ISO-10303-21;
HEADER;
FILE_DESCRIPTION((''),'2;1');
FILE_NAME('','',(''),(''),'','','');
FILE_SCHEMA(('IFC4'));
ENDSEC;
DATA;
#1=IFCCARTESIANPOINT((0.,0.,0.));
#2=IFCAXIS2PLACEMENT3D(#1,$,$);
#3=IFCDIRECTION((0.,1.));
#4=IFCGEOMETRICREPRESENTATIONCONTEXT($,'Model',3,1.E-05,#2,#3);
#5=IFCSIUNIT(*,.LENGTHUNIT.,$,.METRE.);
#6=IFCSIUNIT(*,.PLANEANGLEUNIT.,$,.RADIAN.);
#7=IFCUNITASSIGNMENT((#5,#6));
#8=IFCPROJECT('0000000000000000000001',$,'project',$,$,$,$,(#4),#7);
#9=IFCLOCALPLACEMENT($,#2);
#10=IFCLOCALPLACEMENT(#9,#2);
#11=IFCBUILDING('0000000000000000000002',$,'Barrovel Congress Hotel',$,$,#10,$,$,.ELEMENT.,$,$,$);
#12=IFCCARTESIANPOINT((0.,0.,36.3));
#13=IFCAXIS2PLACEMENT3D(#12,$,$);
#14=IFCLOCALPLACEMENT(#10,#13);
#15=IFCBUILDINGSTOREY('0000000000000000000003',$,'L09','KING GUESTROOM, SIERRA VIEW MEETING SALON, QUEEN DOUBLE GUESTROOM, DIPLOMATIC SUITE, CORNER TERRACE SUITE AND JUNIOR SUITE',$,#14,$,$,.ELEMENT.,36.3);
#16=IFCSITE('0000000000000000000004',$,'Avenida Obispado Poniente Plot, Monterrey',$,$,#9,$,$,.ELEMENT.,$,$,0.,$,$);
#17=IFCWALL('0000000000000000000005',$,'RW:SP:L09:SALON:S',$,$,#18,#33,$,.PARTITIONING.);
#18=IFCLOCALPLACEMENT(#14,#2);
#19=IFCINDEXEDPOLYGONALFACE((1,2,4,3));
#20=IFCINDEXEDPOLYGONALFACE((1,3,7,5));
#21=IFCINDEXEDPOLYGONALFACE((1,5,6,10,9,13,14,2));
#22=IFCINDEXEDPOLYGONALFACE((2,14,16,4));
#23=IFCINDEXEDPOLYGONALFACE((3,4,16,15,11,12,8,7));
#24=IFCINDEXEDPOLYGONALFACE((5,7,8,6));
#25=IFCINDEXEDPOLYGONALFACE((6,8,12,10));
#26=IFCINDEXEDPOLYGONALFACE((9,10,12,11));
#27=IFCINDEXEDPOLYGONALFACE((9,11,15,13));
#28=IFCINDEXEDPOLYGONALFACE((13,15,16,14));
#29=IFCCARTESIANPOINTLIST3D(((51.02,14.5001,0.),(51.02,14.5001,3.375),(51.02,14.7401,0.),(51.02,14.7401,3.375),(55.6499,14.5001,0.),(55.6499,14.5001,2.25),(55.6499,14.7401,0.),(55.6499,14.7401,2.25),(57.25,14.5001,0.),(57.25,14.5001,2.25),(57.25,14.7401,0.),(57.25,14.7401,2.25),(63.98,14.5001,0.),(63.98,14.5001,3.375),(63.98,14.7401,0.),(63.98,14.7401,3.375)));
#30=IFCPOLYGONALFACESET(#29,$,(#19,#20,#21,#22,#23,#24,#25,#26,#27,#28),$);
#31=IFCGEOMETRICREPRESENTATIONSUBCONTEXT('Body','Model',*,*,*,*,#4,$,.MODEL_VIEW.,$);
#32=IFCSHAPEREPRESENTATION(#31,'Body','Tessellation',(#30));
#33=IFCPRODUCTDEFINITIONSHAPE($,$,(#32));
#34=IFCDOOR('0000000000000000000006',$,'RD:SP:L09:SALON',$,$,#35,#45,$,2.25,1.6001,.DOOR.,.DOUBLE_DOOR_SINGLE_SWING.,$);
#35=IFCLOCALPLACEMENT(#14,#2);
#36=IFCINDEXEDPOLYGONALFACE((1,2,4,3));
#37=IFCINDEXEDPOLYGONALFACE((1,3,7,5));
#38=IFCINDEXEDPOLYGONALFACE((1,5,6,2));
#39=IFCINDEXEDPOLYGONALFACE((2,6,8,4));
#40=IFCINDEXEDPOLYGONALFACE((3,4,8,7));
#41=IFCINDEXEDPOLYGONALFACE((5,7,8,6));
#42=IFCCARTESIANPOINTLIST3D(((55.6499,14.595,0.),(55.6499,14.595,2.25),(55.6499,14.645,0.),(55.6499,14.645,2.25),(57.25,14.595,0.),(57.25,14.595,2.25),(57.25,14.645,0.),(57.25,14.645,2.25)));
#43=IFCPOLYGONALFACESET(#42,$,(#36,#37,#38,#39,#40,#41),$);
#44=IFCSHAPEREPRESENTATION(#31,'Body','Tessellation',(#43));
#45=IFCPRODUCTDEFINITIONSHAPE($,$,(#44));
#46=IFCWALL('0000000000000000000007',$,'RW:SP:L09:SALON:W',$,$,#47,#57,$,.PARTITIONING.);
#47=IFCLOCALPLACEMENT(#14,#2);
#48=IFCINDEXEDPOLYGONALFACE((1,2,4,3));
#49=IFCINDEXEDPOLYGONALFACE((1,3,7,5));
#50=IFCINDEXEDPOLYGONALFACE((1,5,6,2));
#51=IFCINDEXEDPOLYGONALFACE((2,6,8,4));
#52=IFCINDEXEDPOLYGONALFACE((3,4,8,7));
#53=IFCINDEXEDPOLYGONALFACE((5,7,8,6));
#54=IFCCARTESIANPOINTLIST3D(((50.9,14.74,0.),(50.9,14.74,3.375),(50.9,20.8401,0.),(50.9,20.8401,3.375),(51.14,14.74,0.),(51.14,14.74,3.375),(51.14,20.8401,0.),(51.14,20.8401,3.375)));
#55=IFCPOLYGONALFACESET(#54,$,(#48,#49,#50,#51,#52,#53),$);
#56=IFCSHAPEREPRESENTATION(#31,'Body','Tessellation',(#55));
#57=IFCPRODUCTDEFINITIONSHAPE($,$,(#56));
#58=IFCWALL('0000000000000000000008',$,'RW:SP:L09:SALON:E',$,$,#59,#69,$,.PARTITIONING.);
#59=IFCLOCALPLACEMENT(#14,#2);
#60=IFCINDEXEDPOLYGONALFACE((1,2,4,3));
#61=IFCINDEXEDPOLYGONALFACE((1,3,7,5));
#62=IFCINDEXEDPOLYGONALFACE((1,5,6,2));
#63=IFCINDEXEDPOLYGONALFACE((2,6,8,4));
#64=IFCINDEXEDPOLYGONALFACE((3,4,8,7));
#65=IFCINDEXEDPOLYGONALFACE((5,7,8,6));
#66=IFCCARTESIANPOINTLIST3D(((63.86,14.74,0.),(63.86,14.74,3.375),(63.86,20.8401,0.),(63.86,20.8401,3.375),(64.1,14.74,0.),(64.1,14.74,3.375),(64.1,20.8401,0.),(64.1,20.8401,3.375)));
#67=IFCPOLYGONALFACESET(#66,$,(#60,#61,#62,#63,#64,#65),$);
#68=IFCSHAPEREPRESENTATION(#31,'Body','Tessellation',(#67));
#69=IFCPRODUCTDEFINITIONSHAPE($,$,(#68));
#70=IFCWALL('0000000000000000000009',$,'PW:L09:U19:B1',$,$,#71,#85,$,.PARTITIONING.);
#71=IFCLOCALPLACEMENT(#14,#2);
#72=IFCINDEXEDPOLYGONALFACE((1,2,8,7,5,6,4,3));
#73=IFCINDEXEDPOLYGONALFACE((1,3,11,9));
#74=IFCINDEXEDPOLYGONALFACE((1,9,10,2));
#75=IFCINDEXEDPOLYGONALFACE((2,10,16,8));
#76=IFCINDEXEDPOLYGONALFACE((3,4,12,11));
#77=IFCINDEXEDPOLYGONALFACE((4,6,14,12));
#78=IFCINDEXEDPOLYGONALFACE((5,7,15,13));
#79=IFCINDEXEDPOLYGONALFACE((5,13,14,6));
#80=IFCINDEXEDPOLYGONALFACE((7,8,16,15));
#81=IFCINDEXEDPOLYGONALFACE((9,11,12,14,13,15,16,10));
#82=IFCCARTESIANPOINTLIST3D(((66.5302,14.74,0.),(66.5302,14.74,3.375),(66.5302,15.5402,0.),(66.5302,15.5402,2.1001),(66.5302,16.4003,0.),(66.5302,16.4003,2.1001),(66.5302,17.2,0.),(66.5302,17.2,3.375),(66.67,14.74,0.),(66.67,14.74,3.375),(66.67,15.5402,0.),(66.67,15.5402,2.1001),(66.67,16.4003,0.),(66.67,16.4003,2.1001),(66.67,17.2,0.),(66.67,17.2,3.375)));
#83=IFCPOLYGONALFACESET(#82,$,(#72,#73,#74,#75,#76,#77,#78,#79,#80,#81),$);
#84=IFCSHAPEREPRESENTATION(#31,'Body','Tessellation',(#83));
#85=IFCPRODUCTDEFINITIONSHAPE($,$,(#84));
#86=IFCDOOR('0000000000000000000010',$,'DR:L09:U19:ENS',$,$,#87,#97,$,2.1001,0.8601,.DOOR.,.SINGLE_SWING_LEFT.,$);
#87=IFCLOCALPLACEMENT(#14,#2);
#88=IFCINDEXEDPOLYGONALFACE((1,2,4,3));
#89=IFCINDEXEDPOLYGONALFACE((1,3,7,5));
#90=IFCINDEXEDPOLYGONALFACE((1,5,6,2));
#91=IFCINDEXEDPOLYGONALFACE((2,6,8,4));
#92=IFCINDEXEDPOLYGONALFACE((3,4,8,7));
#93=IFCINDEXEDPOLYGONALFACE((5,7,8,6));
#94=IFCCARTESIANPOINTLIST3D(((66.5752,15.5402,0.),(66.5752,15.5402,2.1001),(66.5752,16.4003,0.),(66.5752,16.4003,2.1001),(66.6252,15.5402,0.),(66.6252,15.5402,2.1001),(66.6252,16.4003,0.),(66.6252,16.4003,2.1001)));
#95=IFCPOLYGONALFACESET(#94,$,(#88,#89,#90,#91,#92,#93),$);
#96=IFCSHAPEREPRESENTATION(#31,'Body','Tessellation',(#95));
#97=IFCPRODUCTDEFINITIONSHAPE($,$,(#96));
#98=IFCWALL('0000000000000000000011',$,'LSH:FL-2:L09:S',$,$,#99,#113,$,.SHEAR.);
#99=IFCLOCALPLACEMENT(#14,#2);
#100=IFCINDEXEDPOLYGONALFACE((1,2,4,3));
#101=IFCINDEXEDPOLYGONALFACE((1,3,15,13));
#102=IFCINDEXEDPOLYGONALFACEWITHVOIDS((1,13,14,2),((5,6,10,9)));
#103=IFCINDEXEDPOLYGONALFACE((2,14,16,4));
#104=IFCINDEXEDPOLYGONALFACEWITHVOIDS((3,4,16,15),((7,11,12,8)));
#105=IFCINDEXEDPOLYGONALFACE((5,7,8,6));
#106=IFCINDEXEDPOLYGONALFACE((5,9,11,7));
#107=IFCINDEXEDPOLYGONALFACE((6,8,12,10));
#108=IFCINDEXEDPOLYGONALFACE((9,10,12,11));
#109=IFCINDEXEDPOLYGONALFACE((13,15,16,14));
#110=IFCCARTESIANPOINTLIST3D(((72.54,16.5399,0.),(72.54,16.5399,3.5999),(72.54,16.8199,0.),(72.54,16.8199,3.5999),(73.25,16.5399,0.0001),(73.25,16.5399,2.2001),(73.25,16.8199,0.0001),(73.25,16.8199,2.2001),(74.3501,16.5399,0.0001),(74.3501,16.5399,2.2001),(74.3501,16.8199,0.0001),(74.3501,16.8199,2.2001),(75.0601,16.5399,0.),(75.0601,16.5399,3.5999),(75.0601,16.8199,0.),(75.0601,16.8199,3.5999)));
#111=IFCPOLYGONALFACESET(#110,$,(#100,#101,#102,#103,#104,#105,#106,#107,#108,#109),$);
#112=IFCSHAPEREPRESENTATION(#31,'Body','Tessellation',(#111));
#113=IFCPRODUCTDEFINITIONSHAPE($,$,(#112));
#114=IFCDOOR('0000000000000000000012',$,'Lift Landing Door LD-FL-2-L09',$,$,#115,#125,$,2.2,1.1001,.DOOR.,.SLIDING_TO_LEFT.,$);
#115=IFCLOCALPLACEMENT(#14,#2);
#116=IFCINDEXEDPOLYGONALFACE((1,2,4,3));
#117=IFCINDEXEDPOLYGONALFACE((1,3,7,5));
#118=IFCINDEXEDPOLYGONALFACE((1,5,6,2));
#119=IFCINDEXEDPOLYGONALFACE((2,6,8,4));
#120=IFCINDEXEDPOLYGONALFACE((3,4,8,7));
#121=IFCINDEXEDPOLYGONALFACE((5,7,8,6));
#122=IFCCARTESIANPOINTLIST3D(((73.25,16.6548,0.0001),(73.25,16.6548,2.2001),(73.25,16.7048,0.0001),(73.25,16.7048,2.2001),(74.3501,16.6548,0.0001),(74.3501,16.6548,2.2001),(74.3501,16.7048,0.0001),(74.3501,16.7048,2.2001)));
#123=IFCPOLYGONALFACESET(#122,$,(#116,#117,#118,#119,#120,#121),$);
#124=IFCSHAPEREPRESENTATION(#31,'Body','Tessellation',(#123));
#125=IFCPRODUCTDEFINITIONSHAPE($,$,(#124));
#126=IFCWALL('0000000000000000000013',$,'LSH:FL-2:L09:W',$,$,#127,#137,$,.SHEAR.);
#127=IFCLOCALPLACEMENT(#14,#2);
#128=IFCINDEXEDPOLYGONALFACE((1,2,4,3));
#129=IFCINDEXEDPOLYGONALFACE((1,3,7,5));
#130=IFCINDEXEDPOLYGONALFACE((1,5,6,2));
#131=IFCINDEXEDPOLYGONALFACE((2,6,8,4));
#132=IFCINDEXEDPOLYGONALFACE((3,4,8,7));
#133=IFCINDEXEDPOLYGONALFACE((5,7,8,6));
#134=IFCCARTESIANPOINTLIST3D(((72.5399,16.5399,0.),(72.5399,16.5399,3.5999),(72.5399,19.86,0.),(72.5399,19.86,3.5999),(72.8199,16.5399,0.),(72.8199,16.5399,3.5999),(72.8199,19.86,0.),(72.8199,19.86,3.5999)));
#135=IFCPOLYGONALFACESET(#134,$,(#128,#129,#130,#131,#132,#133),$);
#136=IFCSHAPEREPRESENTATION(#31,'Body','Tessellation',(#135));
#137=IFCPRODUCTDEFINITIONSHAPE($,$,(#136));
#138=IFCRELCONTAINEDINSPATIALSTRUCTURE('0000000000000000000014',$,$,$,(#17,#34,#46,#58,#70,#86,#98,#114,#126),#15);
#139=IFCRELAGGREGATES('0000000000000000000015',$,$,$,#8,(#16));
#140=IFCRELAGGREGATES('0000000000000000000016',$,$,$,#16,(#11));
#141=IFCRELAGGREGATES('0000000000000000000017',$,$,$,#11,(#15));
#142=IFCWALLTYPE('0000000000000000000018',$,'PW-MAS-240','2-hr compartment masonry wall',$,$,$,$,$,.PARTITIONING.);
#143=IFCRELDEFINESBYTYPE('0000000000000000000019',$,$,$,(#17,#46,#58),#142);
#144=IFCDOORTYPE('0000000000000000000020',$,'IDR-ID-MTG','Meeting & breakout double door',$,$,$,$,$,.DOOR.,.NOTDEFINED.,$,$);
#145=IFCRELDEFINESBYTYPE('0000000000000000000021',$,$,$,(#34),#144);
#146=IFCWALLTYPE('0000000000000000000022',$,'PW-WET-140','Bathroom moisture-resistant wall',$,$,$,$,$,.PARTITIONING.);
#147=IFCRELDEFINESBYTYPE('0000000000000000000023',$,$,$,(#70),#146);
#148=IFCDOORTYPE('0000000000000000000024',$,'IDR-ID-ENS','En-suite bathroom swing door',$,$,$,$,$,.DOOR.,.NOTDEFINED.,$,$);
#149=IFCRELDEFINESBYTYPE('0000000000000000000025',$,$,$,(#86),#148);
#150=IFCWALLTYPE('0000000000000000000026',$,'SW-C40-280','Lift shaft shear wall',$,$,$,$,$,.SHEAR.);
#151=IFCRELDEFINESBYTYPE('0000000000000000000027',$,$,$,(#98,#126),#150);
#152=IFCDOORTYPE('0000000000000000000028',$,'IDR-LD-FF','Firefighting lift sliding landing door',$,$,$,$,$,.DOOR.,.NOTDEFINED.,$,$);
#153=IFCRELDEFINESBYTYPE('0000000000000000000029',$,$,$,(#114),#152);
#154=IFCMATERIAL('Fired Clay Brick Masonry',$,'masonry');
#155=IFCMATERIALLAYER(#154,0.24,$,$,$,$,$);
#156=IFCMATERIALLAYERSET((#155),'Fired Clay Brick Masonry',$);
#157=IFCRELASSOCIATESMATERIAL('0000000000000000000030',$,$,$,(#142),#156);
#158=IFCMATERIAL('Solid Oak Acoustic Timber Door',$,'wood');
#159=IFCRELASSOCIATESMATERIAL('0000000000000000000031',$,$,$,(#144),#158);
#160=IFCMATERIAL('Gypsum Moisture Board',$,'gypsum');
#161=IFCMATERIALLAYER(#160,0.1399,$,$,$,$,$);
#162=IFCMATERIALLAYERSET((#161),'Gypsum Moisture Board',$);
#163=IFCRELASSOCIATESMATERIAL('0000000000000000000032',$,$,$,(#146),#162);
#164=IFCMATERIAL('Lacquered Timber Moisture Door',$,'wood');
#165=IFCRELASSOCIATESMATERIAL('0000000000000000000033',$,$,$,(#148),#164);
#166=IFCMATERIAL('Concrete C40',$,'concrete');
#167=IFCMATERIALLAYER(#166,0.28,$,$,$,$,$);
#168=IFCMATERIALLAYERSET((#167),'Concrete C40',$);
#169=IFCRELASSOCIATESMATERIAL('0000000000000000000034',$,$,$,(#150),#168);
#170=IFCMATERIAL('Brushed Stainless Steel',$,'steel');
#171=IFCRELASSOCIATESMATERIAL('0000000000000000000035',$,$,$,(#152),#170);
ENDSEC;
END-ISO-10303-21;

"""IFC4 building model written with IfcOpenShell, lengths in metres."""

from ifc_helpers import new_model, si_unit, direction, frame, frame_2d, origin, place, context, subcontext, project, spatial, rectangle, extrude, material, layer, layer_set, type_object, element, fill, save


model = new_model("IFC4")

# Units and contexts
model_context = context("Model", 3, precision=1e-05, world=origin(), true_north=direction((0.0, 1.0)))
body_context = subcontext(model_context, "Body", "Model", "MODEL_VIEW")
ifc_project = project(units=[si_unit("LENGTHUNIT", "METRE"), si_unit("PLANEANGLEUNIT", "RADIAN")], contexts=[model_context])

# Site, building, storey
site_placement = place(None, origin())
site = spatial("IfcSite", under=ifc_project, at=site_placement, Name="Avenida Obispado Poniente Plot, Monterrey", CompositionType="ELEMENT", RefElevation=0.0)
building_placement = place(site_placement, origin())
building = spatial("IfcBuilding", under=site, at=building_placement, Name="Barrovel Congress Hotel", CompositionType="ELEMENT")
storey_placement = place(building_placement, frame((0.0, 0.0, 36.3)))
storey = spatial("IfcBuildingStorey", under=building, at=storey_placement, Name="L09", Description="KING GUESTROOM, SIERRA VIEW MEETING SALON, QUEEN DOUBLE GUESTROOM, DIPLOMATIC SUITE, CORNER TERRACE SUITE AND JUNIOR SUITE", CompositionType="ELEMENT", Elevation=36.3)

# Shared definitions
ifc_material_1 = material(Name="Concrete C40", Category="concrete")

# Shared definitions
ifc_material_2 = material(Name="Fired Clay Brick Masonry", Category="masonry")

# Shared definitions
ifc_material_3 = material(Name="Solid Oak Acoustic Timber Door", Category="wood")

# Wall, opening, door
ifc_layer_1 = layer(ifc_material_2, 0.24)
ifc_layer_set_1 = layer_set([ifc_layer_1], Name="Fired Clay Brick Masonry")
wall_type_1 = type_object("IfcWallType", Name="PW-MAS-240", Description="2-hr compartment masonry wall", PredefinedType="PARTITIONING", material=ifc_layer_set_1)
wall_1_placement = place(storey_placement, frame((51.02, 14.6201, 0.0), z_axis=(0.0, 0.0, 1.0), x_axis=(1.0, 0.0, 0.0)))
wall_1 = element("IfcWall", 1, at=wall_1_placement, inside=storey, type_object=wall_type_1, Name="RW:SP:L09:SALON:S", PredefinedType="PARTITIONING", context=body_context, shape_type="SweptSolid", body=[
    extrude(rectangle(XDim=12.96, YDim=0.24, at=frame_2d((6.48, 0.0))), origin(), (0.0, 0.0, 1.0), 3.375),
])
opening_1_placement = place(wall_1_placement, frame((4.6299, 0.0, 0.0)))
opening_1 = element("IfcOpeningElement", 2, at=opening_1_placement, cuts=wall_1, PredefinedType="OPENING", context=body_context, shape_type="SweptSolid", body=[
    extrude(rectangle(XDim=1.6001, YDim=2.25, at=frame_2d((0.8, 1.125))), frame((0.0, 0.1299, 0.0), z_axis=(0.0, -1.0, 0.0), x_axis=(1.0, 0.0, 0.0)), (0.0, 0.0, 1.0), 0.26),
])
door_type_1 = type_object("IfcDoorType", Name="IDR-ID-MTG", Description="Meeting & breakout double door", OperationType="NOTDEFINED", PredefinedType="DOOR", material=ifc_material_3)
door_1_placement = place(opening_1_placement, origin())
door_1 = element("IfcDoor", 3, at=door_1_placement, inside=storey, type_object=door_type_1, Name="RD:SP:L09:SALON", OperationType="DOUBLE_DOOR_SINGLE_SWING", OverallHeight=2.25, OverallWidth=1.6001, PredefinedType="DOOR", context=body_context, shape_type="SweptSolid", body=[
    extrude(rectangle(XDim=1.6001, YDim=2.25, at=frame_2d((0.8, 1.125))), frame((0.0, 0.0249, 0.0), z_axis=(0.0, -1.0, 0.0), x_axis=(1.0, 0.0, 0.0)), (0.0, 0.0, 1.0), 0.05),
])
fill(opening_1, door_1)

# Walls
for number, where, z_axis, x_axis, name in (
    (4, (51.02, 14.74, 0.0), (0.0, 0.0, 1.0), (0.0, 1.0, 0.0), "RW:SP:L09:SALON:W"),
    (5, (63.98, 14.74, 0.0), (0.0, 0.0, 1.0), (0.0, 1.0, 0.0), "RW:SP:L09:SALON:E"),
):
    element("IfcWall", number, at=place(storey_placement, frame(where, z_axis=z_axis, x_axis=x_axis)), inside=storey, type_object=wall_type_1, Name=name, PredefinedType="PARTITIONING", context=body_context, shape_type="SweptSolid", body=[
        extrude(rectangle(XDim=6.1001, YDim=0.24, at=frame_2d((3.05, 0.0))), origin(), (0.0, 0.0, 1.0), 3.375),
    ])

# Walls, openings, doors
ifc_material_4 = material(Name="Gypsum Moisture Board", Category="gypsum")
ifc_layer_2 = layer(ifc_material_4, 0.1399)
ifc_layer_set_2 = layer_set([ifc_layer_2], Name="Gypsum Moisture Board")
wall_type_2 = type_object("IfcWallType", Name="PW-WET-140", Description="Bathroom moisture-resistant wall", PredefinedType="PARTITIONING", material=ifc_layer_set_2)
wall_2_placement = place(storey_placement, frame((66.6001, 14.74, 0.0), z_axis=(0.0, 0.0, 1.0), x_axis=(0.0, 1.0, 0.0)))
wall_2 = element("IfcWall", 6, at=wall_2_placement, inside=storey, type_object=wall_type_2, Name="PW:L09:U19:B1", PredefinedType="PARTITIONING", context=body_context, shape_type="SweptSolid", body=[
    extrude(rectangle(XDim=2.46, YDim=0.1399, at=frame_2d((1.23, 0.0))), origin(), (0.0, 0.0, 1.0), 3.375),
])
opening_2_placement = place(wall_2_placement, frame((0.8, 0.0, 0.0)))
opening_2 = element("IfcOpeningElement", 7, at=opening_2_placement, cuts=wall_2, PredefinedType="OPENING", context=body_context, shape_type="SweptSolid", body=[
    extrude(rectangle(XDim=0.8601, YDim=2.1001, at=frame_2d((0.4302, 1.05))), frame((0.0, 0.0801, 0.0), z_axis=(0.0, -1.0, 0.0), x_axis=(1.0, 0.0, 0.0)), (0.0, 0.0, 1.0), 0.1599),
])
ifc_material_5 = material(Name="Lacquered Timber Moisture Door", Category="wood")
door_type_2 = type_object("IfcDoorType", Name="IDR-ID-ENS", Description="En-suite bathroom swing door", OperationType="NOTDEFINED", PredefinedType="DOOR", material=ifc_material_5)
door_2_placement = place(opening_2_placement, origin())
door_2 = element("IfcDoor", 8, at=door_2_placement, inside=storey, type_object=door_type_2, Name="DR:L09:U19:ENS", OperationType="SINGLE_SWING_LEFT", OverallHeight=2.1001, OverallWidth=0.8601, PredefinedType="DOOR", context=body_context, shape_type="SweptSolid", body=[
    extrude(rectangle(XDim=0.8601, YDim=2.1001, at=frame_2d((0.4302, 1.05))), frame((0.0, 0.0249, 0.0), z_axis=(0.0, -1.0, 0.0), x_axis=(1.0, 0.0, 0.0)), (0.0, 0.0, 1.0), 0.05),
])
fill(opening_2, door_2)
ifc_layer_3 = layer(ifc_material_1, 0.28)
ifc_layer_set_3 = layer_set([ifc_layer_3], Name="Concrete C40")
wall_type_3 = type_object("IfcWallType", Name="SW-C40-280", Description="Lift shaft shear wall", PredefinedType="SHEAR", material=ifc_layer_set_3)
wall_3_placement = place(storey_placement, frame((72.54, 16.6799, 0.0), z_axis=(0.0, 0.0, 1.0), x_axis=(1.0, 0.0, 0.0)))
wall_3 = element("IfcWall", 9, at=wall_3_placement, inside=storey, type_object=wall_type_3, Name="LSH:FL-2:L09:S", PredefinedType="SHEAR", context=body_context, shape_type="SweptSolid", body=[
    extrude(rectangle(XDim=2.52, YDim=0.28, at=frame_2d((1.26, 0.0))), origin(), (0.0, 0.0, 1.0), 3.5999),
])
opening_3_placement = place(wall_3_placement, frame((0.71, 0.0, 0.0)))
opening_3 = element("IfcOpeningElement", 10, at=opening_3_placement, cuts=wall_3, PredefinedType="OPENING", context=body_context, shape_type="SweptSolid", body=[
    extrude(rectangle(XDim=1.1001, YDim=2.2, at=frame_2d((0.55, 1.1001))), frame((0.0, 0.1499, 0.0), z_axis=(0.0, -1.0, 0.0), x_axis=(1.0, 0.0, 0.0)), (0.0, 0.0, 1.0), 0.3),
])
ifc_material_6 = material(Name="Brushed Stainless Steel", Category="steel")
door_type_3 = type_object("IfcDoorType", Name="IDR-LD-FF", Description="Firefighting lift sliding landing door", OperationType="NOTDEFINED", PredefinedType="DOOR", material=ifc_material_6)
door_3_placement = place(opening_3_placement, origin())
door_3 = element("IfcDoor", 11, at=door_3_placement, inside=storey, type_object=door_type_3, Name="Lift Landing Door LD-FL-2-L09", OperationType="SLIDING_TO_LEFT", OverallHeight=2.2, OverallWidth=1.1001, PredefinedType="DOOR", context=body_context, shape_type="SweptSolid", body=[
    extrude(rectangle(XDim=1.1001, YDim=2.2, at=frame_2d((0.55, 1.1001))), frame((0.0, 0.0249, 0.0), z_axis=(0.0, -1.0, 0.0), x_axis=(1.0, 0.0, 0.0)), (0.0, 0.0, 1.0), 0.05),
])
fill(opening_3, door_3)

# Wall
wall_4_placement = place(storey_placement, frame((72.6799, 19.8601, 0.0), z_axis=(0.0, 0.0, 1.0), x_axis=(0.0, -1.0, 0.0)))
element("IfcWall", 12, at=wall_4_placement, inside=storey, type_object=wall_type_3, Name="LSH:FL-2:L09:W", PredefinedType="SHEAR", context=body_context, shape_type="SweptSolid", body=[
    extrude(rectangle(XDim=3.3201, YDim=0.28, at=frame_2d((1.6602, 0.0))), origin(), (0.0, 0.0, 1.0), 3.5999),
])

save(model, "model.ifc")
